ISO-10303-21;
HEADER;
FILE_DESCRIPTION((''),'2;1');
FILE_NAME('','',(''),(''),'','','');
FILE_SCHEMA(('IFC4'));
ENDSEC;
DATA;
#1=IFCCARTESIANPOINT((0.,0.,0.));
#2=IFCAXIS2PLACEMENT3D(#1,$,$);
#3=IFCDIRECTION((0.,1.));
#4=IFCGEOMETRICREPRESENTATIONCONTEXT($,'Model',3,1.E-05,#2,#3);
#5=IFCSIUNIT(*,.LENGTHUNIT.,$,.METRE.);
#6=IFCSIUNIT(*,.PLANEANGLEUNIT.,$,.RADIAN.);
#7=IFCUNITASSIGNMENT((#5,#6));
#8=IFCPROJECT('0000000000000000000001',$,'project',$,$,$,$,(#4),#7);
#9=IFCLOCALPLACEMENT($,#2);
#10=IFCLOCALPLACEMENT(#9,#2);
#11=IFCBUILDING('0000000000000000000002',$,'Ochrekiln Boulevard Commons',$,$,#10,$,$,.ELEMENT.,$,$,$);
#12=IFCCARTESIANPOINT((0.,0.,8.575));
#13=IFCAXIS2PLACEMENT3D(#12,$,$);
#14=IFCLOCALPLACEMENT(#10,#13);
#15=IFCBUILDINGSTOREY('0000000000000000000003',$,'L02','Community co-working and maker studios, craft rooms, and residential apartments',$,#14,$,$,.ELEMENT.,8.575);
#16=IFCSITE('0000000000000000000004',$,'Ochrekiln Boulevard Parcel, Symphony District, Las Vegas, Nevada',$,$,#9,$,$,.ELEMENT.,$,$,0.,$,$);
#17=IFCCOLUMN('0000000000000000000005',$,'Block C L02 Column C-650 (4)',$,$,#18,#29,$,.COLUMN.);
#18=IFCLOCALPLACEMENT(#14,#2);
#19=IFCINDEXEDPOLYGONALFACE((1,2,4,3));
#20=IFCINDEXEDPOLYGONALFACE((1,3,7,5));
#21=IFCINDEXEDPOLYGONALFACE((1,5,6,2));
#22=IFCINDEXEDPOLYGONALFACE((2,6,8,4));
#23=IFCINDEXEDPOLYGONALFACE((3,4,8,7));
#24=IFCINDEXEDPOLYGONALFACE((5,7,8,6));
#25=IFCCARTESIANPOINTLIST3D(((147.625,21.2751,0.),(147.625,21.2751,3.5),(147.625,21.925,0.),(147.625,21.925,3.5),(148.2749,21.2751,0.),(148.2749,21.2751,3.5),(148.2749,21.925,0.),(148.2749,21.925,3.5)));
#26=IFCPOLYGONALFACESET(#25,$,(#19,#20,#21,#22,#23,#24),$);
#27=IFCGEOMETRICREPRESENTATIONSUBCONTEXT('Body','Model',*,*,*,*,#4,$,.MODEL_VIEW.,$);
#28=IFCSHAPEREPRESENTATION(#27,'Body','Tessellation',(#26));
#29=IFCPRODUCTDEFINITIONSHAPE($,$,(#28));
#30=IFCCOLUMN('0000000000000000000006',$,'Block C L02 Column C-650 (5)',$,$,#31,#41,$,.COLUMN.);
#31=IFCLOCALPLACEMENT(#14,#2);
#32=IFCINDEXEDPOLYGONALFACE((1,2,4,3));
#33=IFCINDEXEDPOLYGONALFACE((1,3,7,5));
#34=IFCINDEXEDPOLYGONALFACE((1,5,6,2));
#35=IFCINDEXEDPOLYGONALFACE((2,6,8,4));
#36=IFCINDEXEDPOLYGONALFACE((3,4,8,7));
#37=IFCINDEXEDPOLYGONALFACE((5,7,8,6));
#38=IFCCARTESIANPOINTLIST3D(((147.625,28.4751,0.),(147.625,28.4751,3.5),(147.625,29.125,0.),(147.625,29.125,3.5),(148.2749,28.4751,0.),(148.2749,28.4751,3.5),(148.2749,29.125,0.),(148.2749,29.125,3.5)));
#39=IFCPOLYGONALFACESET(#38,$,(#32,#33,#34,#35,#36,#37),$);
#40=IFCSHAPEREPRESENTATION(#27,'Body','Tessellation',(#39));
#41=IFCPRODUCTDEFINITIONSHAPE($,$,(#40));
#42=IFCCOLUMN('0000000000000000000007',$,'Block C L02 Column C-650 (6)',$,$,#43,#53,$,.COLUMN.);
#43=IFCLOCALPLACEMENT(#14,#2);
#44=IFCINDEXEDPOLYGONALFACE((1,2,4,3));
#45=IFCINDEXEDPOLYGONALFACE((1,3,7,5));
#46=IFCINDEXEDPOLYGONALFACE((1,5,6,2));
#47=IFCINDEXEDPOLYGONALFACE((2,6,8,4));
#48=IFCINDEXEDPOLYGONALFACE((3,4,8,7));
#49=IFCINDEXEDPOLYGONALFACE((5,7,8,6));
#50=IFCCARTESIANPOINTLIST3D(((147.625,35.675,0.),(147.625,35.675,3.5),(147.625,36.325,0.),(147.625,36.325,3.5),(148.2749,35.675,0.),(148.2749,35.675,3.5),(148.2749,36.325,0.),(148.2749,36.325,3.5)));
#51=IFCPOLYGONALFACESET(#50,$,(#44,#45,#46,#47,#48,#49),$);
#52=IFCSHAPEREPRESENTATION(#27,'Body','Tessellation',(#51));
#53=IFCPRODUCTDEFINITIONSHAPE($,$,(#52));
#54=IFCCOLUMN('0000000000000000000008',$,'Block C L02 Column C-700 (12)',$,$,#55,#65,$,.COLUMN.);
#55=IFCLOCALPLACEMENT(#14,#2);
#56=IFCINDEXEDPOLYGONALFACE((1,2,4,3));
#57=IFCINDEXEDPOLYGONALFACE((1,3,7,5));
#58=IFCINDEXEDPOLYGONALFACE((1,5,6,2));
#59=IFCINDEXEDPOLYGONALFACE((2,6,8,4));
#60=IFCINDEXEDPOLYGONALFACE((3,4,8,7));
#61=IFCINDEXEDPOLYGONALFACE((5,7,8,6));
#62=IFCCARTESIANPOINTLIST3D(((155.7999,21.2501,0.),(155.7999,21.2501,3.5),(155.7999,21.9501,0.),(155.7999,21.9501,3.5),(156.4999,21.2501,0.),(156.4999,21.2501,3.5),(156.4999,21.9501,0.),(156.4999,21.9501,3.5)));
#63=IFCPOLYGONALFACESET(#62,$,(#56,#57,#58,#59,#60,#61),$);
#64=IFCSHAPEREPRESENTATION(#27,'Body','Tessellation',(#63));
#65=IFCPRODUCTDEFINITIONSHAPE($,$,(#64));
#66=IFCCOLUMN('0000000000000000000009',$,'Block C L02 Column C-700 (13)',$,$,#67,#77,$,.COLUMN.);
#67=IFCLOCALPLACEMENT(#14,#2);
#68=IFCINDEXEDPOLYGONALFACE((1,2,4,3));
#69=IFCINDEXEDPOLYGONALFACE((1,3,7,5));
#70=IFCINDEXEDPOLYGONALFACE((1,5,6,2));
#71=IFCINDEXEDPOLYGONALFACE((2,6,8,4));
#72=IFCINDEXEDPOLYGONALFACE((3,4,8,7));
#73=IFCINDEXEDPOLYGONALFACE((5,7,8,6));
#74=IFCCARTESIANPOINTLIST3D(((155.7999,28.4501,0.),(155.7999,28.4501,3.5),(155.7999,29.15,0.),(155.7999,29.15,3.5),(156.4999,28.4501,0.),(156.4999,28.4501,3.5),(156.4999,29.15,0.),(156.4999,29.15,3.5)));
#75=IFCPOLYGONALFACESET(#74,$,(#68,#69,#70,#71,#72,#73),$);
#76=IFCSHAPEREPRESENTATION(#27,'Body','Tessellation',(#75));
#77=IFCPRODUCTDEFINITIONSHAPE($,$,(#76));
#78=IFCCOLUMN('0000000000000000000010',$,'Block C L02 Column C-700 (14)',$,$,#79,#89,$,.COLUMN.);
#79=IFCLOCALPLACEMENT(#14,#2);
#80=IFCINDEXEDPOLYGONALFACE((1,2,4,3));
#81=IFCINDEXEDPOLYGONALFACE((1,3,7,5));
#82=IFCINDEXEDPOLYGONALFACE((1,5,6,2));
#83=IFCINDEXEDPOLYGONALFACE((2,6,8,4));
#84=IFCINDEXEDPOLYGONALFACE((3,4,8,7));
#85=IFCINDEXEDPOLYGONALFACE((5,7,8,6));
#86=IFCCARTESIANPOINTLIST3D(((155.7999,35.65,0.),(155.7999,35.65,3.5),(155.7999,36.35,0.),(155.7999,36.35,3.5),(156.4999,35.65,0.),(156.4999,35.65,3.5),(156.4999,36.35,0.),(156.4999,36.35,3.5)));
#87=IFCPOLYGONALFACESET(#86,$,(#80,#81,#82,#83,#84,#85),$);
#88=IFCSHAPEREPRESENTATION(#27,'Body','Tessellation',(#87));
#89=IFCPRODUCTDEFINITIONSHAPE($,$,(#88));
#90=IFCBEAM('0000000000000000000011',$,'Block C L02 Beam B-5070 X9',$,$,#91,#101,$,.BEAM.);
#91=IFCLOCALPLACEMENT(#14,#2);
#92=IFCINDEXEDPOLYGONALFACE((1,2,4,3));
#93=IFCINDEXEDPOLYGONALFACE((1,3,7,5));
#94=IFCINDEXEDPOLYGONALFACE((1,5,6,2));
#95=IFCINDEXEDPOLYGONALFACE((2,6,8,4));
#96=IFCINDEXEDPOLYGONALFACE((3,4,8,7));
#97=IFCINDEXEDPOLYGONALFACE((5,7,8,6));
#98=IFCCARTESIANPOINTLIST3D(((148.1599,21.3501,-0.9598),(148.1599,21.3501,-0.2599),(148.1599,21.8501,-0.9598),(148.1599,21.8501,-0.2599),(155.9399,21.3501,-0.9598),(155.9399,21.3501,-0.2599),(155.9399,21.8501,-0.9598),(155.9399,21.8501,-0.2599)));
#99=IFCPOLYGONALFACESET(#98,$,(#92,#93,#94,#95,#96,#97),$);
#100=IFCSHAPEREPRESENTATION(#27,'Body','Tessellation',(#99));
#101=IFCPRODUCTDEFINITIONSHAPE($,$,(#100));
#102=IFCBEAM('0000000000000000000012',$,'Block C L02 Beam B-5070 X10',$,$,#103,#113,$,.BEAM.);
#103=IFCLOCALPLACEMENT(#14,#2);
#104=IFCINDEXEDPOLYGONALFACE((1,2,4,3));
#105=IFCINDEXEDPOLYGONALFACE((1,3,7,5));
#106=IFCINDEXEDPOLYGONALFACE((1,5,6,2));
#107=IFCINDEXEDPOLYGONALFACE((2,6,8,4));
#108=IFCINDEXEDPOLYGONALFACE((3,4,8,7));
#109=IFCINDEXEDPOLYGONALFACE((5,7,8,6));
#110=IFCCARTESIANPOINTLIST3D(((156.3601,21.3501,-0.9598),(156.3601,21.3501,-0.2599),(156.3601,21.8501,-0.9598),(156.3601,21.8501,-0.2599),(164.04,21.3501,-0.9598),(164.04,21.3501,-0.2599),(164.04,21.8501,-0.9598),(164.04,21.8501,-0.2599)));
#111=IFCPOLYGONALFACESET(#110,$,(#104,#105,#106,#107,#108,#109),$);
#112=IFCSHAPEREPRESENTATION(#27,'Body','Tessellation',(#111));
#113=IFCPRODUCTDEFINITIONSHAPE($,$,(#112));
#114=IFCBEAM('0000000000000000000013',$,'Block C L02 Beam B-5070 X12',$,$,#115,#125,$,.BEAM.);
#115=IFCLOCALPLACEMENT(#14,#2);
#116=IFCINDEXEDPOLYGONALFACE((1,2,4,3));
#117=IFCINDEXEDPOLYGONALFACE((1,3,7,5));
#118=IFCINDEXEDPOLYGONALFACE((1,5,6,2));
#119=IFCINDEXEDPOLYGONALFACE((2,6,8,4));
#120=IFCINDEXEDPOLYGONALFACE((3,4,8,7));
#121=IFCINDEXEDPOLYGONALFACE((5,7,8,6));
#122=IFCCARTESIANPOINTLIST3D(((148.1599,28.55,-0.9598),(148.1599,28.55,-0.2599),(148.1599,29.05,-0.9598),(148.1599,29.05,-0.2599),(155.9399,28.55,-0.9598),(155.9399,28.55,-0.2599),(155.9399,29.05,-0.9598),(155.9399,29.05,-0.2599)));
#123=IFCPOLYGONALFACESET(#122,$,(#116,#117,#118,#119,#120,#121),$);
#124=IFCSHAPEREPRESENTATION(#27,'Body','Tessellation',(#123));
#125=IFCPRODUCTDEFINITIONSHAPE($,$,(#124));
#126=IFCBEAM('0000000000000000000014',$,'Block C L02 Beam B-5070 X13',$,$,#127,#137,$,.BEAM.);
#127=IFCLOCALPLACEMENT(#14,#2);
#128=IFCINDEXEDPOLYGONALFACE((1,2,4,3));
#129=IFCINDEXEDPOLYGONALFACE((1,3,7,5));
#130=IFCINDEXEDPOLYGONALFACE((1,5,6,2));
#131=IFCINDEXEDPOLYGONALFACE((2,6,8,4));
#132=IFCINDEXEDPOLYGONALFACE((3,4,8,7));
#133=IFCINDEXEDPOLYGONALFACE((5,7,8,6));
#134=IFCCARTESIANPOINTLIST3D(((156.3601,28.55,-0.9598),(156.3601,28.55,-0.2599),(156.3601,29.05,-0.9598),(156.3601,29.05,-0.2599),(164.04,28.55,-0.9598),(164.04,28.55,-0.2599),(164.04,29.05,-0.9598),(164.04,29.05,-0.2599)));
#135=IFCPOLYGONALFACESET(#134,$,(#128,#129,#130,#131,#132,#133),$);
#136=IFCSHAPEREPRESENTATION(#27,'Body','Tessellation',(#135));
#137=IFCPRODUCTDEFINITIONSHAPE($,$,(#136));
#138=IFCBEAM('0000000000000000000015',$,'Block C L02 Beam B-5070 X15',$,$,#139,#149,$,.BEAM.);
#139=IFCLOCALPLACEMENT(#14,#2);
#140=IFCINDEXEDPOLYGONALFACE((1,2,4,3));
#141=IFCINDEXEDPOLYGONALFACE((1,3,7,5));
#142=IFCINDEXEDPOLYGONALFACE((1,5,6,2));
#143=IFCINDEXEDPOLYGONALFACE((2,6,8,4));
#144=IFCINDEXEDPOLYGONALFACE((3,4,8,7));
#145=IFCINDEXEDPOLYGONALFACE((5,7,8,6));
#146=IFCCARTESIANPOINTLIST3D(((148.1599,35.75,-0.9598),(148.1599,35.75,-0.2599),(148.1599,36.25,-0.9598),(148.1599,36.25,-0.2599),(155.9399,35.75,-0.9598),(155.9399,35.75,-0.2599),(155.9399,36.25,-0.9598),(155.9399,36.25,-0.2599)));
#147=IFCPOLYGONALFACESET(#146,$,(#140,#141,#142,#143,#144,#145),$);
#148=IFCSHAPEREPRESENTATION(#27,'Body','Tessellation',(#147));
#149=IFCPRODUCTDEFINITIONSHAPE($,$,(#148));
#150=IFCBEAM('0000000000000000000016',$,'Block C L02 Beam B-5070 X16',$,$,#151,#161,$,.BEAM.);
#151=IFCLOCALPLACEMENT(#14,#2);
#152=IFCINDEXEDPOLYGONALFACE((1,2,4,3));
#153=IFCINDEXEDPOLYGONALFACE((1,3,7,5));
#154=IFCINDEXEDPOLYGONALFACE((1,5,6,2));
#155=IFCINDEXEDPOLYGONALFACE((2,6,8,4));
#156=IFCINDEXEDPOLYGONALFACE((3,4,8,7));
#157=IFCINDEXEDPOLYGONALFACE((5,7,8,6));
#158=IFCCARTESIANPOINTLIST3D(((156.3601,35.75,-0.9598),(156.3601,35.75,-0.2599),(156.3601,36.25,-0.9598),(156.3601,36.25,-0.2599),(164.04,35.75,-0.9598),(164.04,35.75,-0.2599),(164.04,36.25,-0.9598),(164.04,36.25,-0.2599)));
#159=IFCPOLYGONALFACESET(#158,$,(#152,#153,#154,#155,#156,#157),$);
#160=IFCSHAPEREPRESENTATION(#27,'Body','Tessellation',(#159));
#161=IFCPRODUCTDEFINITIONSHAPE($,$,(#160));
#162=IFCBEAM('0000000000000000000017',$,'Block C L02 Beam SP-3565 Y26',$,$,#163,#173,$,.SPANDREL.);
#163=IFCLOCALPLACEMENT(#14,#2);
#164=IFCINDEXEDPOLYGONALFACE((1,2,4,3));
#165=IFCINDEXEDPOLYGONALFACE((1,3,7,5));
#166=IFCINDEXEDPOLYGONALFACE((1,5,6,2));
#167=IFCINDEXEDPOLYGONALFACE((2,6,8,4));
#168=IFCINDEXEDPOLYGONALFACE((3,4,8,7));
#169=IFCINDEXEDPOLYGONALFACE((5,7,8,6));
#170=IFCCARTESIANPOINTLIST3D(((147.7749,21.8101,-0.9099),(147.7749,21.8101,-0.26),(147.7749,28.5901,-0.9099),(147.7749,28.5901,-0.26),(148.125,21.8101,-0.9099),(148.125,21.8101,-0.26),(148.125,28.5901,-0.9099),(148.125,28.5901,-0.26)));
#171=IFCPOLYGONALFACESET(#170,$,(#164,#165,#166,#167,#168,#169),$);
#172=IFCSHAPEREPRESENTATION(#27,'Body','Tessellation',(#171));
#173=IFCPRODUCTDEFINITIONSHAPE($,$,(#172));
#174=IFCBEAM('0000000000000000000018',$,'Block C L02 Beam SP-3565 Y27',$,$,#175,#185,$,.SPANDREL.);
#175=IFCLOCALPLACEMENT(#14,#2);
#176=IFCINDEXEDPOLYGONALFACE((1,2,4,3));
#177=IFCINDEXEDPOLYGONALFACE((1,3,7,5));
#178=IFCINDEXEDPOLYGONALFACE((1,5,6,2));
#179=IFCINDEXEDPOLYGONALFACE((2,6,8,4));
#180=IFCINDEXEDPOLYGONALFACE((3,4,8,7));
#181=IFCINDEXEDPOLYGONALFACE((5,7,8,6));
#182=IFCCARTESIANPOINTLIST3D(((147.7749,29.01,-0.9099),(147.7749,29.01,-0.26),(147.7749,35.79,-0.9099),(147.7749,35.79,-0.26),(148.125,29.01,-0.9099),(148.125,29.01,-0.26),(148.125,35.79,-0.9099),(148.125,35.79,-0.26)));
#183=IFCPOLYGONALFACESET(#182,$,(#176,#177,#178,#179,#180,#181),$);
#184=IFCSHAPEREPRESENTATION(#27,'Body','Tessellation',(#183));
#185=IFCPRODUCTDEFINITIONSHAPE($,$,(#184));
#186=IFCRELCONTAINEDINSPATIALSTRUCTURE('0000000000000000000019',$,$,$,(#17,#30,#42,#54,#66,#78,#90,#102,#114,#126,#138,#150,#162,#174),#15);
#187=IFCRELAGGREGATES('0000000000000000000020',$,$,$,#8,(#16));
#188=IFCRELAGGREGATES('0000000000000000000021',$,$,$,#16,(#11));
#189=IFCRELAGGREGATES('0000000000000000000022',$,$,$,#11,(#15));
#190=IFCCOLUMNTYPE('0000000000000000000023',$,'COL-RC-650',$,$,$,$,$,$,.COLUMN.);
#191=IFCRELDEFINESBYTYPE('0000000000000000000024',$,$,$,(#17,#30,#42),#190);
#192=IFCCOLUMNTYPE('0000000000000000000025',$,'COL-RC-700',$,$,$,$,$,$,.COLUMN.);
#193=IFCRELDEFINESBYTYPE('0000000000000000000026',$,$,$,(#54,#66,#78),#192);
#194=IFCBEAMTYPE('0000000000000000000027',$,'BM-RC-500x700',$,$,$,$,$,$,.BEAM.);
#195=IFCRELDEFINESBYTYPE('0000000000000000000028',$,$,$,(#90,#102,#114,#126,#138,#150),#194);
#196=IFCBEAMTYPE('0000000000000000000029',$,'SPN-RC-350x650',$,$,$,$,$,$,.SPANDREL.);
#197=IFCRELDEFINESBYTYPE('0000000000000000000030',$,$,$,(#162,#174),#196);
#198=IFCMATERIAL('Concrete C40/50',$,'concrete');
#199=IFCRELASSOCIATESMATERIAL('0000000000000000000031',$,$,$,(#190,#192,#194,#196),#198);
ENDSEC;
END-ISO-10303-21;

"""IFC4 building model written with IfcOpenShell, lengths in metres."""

from ifc_helpers import new_model, si_unit, direction, frame, origin, origin_2d, place, context, subcontext, project, spatial, rectangle, extrude, material, material_profile, profile_set, type_object, element, save


model = new_model("IFC4")

# Units and contexts
model_context = context("Model", 3, precision=1e-05, world=origin(), true_north=direction((0.0, 1.0)))
body_context = subcontext(model_context, "Body", "Model", "MODEL_VIEW")
ifc_project = project(units=[si_unit("LENGTHUNIT", "METRE"), si_unit("PLANEANGLEUNIT", "RADIAN")], contexts=[model_context])

# Site, building, storey
site_placement = place(None, origin())
site = spatial("IfcSite", under=ifc_project, at=site_placement, Name="Ochrekiln Boulevard Parcel, Symphony District, Las Vegas, Nevada", CompositionType="ELEMENT", RefElevation=0.0)
building_placement = place(site_placement, origin())
building = spatial("IfcBuilding", under=site, at=building_placement, Name="Ochrekiln Boulevard Commons", CompositionType="ELEMENT")
storey_placement = place(building_placement, frame((0.0, 0.0, 8.575)))
storey = spatial("IfcBuildingStorey", under=building, at=storey_placement, Name="L02", Description="Community co-working and maker studios, craft rooms, and residential apartments", CompositionType="ELEMENT", Elevation=8.575)

# Columns
ifc_material_1 = material(Name="Concrete C40/50", Category="concrete")
ifc_material_profile_1 = material_profile(ifc_material_1, rectangle(XDim=0.6499, YDim=0.6499, at=origin_2d()), Name="RC-COL-650x650")
ifc_profile_set_1 = profile_set([ifc_material_profile_1], Name="Concrete C40/50")
column_type_1 = type_object("IfcColumnType", Name="COL-RC-650", PredefinedType="COLUMN", material=ifc_profile_set_1)
for number, where, z_axis, x_axis, name in (
    (1, (147.95, 21.6001, 0.0), (0.0, 0.0, 1.0), (1.0, 0.0, 0.0), "Block C L02 Column C-650 (4)"),
    (2, (147.95, 28.8, 0.0), (0.0, 0.0, 1.0), (1.0, 0.0, 0.0), "Block C L02 Column C-650 (5)"),
    (3, (147.95, 36.0, 0.0), (0.0, 0.0, 1.0), (1.0, 0.0, 0.0), "Block C L02 Column C-650 (6)"),
):
    element("IfcColumn", number, at=place(storey_placement, frame(where, z_axis=z_axis, x_axis=x_axis)), inside=storey, type_object=column_type_1, Name=name, PredefinedType="COLUMN", context=body_context, shape_type="SweptSolid", body=[
        extrude(rectangle(XDim=0.6499, YDim=0.6499, at=origin_2d()), origin(), (0.0, 0.0, 1.0), 3.5),
    ])
ifc_material_profile_2 = material_profile(ifc_material_1, rectangle(XDim=0.7, YDim=0.7, at=origin_2d()), Name="RC-COL-700x700")
ifc_profile_set_2 = profile_set([ifc_material_profile_2], Name="Concrete C40/50")
column_type_2 = type_object("IfcColumnType", Name="COL-RC-700", PredefinedType="COLUMN", material=ifc_profile_set_2)
for number, where, z_axis, x_axis, name in (
    (4, (156.1499, 21.6001, 0.0), (0.0, 0.0, 1.0), (1.0, 0.0, 0.0), "Block C L02 Column C-700 (12)"),
    (5, (156.1499, 28.8, 0.0), (0.0, 0.0, 1.0), (1.0, 0.0, 0.0), "Block C L02 Column C-700 (13)"),
    (6, (156.1499, 36.0, 0.0), (0.0, 0.0, 1.0), (1.0, 0.0, 0.0), "Block C L02 Column C-700 (14)"),
):
    element("IfcColumn", number, at=place(storey_placement, frame(where, z_axis=z_axis, x_axis=x_axis)), inside=storey, type_object=column_type_2, Name=name, PredefinedType="COLUMN", context=body_context, shape_type="SweptSolid", body=[
        extrude(rectangle(XDim=0.7, YDim=0.7, at=origin_2d()), origin(), (0.0, 0.0, 1.0), 3.5),
    ])

# Beams
ifc_material_profile_3 = material_profile(ifc_material_1, rectangle(XDim=0.5, YDim=0.7, at=origin_2d()), Name="RC-BM-500x700")
ifc_profile_set_3 = profile_set([ifc_material_profile_3], Name="Concrete C40/50")
beam_type_1 = type_object("IfcBeamType", Name="BM-RC-500x700", PredefinedType="BEAM", material=ifc_profile_set_3)
beam_1_placement = place(storey_placement, frame((148.1599, 21.6001, -0.6099), z_axis=(1.0, 0.0, 0.0), x_axis=(0.0, 1.0, 0.0)))
element("IfcBeam", 7, at=beam_1_placement, inside=storey, type_object=beam_type_1, Name="Block C L02 Beam B-5070 X9", PredefinedType="BEAM", context=body_context, shape_type="SweptSolid", body=[
    extrude(rectangle(XDim=0.5, YDim=0.7, at=origin_2d()), origin(), (0.0, 0.0, 1.0), 7.78),
])
beam_2_placement = place(storey_placement, frame((156.3601, 21.6001, -0.6099), z_axis=(1.0, 0.0, 0.0), x_axis=(0.0, 1.0, 0.0)))
element("IfcBeam", 8, at=beam_2_placement, inside=storey, type_object=beam_type_1, Name="Block C L02 Beam B-5070 X10", PredefinedType="BEAM", context=body_context, shape_type="SweptSolid", body=[
    extrude(rectangle(XDim=0.5, YDim=0.7, at=origin_2d()), origin(), (0.0, 0.0, 1.0), 7.6799),
])
beam_3_placement = place(storey_placement, frame((148.1599, 28.8, -0.6099), z_axis=(1.0, 0.0, 0.0), x_axis=(0.0, 1.0, 0.0)))
element("IfcBeam", 9, at=beam_3_placement, inside=storey, type_object=beam_type_1, Name="Block C L02 Beam B-5070 X12", PredefinedType="BEAM", context=body_context, shape_type="SweptSolid", body=[
    extrude(rectangle(XDim=0.5, YDim=0.7, at=origin_2d()), origin(), (0.0, 0.0, 1.0), 7.78),
])
beam_4_placement = place(storey_placement, frame((156.3601, 28.8, -0.6099), z_axis=(1.0, 0.0, 0.0), x_axis=(0.0, 1.0, 0.0)))
element("IfcBeam", 10, at=beam_4_placement, inside=storey, type_object=beam_type_1, Name="Block C L02 Beam B-5070 X13", PredefinedType="BEAM", context=body_context, shape_type="SweptSolid", body=[
    extrude(rectangle(XDim=0.5, YDim=0.7, at=origin_2d()), origin(), (0.0, 0.0, 1.0), 7.6799),
])
beam_5_placement = place(storey_placement, frame((148.1599, 36.0, -0.6099), z_axis=(1.0, 0.0, 0.0), x_axis=(0.0, 1.0, 0.0)))
element("IfcBeam", 11, at=beam_5_placement, inside=storey, type_object=beam_type_1, Name="Block C L02 Beam B-5070 X15", PredefinedType="BEAM", context=body_context, shape_type="SweptSolid", body=[
    extrude(rectangle(XDim=0.5, YDim=0.7, at=origin_2d()), origin(), (0.0, 0.0, 1.0), 7.78),
])
beam_6_placement = place(storey_placement, frame((156.3601, 36.0, -0.6099), z_axis=(1.0, 0.0, 0.0), x_axis=(0.0, 1.0, 0.0)))
element("IfcBeam", 12, at=beam_6_placement, inside=storey, type_object=beam_type_1, Name="Block C L02 Beam B-5070 X16", PredefinedType="BEAM", context=body_context, shape_type="SweptSolid", body=[
    extrude(rectangle(XDim=0.5, YDim=0.7, at=origin_2d()), origin(), (0.0, 0.0, 1.0), 7.6799),
])
ifc_material_profile_4 = material_profile(ifc_material_1, rectangle(XDim=0.3501, YDim=0.6499, at=origin_2d()), Name="RC-SPN-350x650")
ifc_profile_set_4 = profile_set([ifc_material_profile_4], Name="Concrete C40/50")
beam_type_2 = type_object("IfcBeamType", Name="SPN-RC-350x650", PredefinedType="SPANDREL", material=ifc_profile_set_4)
for number, where, z_axis, x_axis, name in (
    (13, (147.95, 21.8101, -0.585), (0.0, 1.0, 0.0), (-1.0, 0.0, 0.0), "Block C L02 Beam SP-3565 Y26"),
    (14, (147.95, 29.01, -0.585), (0.0, 1.0, 0.0), (-1.0, 0.0, 0.0), "Block C L02 Beam SP-3565 Y27"),
):
    element("IfcBeam", number, at=place(storey_placement, frame(where, z_axis=z_axis, x_axis=x_axis)), inside=storey, type_object=beam_type_2, Name=name, PredefinedType="SPANDREL", context=body_context, shape_type="SweptSolid", body=[
        extrude(rectangle(XDim=0.3501, YDim=0.6499, at=origin_2d()), origin(), (0.0, 0.0, 1.0), 6.78),
    ])

save(model, "model.ifc")
